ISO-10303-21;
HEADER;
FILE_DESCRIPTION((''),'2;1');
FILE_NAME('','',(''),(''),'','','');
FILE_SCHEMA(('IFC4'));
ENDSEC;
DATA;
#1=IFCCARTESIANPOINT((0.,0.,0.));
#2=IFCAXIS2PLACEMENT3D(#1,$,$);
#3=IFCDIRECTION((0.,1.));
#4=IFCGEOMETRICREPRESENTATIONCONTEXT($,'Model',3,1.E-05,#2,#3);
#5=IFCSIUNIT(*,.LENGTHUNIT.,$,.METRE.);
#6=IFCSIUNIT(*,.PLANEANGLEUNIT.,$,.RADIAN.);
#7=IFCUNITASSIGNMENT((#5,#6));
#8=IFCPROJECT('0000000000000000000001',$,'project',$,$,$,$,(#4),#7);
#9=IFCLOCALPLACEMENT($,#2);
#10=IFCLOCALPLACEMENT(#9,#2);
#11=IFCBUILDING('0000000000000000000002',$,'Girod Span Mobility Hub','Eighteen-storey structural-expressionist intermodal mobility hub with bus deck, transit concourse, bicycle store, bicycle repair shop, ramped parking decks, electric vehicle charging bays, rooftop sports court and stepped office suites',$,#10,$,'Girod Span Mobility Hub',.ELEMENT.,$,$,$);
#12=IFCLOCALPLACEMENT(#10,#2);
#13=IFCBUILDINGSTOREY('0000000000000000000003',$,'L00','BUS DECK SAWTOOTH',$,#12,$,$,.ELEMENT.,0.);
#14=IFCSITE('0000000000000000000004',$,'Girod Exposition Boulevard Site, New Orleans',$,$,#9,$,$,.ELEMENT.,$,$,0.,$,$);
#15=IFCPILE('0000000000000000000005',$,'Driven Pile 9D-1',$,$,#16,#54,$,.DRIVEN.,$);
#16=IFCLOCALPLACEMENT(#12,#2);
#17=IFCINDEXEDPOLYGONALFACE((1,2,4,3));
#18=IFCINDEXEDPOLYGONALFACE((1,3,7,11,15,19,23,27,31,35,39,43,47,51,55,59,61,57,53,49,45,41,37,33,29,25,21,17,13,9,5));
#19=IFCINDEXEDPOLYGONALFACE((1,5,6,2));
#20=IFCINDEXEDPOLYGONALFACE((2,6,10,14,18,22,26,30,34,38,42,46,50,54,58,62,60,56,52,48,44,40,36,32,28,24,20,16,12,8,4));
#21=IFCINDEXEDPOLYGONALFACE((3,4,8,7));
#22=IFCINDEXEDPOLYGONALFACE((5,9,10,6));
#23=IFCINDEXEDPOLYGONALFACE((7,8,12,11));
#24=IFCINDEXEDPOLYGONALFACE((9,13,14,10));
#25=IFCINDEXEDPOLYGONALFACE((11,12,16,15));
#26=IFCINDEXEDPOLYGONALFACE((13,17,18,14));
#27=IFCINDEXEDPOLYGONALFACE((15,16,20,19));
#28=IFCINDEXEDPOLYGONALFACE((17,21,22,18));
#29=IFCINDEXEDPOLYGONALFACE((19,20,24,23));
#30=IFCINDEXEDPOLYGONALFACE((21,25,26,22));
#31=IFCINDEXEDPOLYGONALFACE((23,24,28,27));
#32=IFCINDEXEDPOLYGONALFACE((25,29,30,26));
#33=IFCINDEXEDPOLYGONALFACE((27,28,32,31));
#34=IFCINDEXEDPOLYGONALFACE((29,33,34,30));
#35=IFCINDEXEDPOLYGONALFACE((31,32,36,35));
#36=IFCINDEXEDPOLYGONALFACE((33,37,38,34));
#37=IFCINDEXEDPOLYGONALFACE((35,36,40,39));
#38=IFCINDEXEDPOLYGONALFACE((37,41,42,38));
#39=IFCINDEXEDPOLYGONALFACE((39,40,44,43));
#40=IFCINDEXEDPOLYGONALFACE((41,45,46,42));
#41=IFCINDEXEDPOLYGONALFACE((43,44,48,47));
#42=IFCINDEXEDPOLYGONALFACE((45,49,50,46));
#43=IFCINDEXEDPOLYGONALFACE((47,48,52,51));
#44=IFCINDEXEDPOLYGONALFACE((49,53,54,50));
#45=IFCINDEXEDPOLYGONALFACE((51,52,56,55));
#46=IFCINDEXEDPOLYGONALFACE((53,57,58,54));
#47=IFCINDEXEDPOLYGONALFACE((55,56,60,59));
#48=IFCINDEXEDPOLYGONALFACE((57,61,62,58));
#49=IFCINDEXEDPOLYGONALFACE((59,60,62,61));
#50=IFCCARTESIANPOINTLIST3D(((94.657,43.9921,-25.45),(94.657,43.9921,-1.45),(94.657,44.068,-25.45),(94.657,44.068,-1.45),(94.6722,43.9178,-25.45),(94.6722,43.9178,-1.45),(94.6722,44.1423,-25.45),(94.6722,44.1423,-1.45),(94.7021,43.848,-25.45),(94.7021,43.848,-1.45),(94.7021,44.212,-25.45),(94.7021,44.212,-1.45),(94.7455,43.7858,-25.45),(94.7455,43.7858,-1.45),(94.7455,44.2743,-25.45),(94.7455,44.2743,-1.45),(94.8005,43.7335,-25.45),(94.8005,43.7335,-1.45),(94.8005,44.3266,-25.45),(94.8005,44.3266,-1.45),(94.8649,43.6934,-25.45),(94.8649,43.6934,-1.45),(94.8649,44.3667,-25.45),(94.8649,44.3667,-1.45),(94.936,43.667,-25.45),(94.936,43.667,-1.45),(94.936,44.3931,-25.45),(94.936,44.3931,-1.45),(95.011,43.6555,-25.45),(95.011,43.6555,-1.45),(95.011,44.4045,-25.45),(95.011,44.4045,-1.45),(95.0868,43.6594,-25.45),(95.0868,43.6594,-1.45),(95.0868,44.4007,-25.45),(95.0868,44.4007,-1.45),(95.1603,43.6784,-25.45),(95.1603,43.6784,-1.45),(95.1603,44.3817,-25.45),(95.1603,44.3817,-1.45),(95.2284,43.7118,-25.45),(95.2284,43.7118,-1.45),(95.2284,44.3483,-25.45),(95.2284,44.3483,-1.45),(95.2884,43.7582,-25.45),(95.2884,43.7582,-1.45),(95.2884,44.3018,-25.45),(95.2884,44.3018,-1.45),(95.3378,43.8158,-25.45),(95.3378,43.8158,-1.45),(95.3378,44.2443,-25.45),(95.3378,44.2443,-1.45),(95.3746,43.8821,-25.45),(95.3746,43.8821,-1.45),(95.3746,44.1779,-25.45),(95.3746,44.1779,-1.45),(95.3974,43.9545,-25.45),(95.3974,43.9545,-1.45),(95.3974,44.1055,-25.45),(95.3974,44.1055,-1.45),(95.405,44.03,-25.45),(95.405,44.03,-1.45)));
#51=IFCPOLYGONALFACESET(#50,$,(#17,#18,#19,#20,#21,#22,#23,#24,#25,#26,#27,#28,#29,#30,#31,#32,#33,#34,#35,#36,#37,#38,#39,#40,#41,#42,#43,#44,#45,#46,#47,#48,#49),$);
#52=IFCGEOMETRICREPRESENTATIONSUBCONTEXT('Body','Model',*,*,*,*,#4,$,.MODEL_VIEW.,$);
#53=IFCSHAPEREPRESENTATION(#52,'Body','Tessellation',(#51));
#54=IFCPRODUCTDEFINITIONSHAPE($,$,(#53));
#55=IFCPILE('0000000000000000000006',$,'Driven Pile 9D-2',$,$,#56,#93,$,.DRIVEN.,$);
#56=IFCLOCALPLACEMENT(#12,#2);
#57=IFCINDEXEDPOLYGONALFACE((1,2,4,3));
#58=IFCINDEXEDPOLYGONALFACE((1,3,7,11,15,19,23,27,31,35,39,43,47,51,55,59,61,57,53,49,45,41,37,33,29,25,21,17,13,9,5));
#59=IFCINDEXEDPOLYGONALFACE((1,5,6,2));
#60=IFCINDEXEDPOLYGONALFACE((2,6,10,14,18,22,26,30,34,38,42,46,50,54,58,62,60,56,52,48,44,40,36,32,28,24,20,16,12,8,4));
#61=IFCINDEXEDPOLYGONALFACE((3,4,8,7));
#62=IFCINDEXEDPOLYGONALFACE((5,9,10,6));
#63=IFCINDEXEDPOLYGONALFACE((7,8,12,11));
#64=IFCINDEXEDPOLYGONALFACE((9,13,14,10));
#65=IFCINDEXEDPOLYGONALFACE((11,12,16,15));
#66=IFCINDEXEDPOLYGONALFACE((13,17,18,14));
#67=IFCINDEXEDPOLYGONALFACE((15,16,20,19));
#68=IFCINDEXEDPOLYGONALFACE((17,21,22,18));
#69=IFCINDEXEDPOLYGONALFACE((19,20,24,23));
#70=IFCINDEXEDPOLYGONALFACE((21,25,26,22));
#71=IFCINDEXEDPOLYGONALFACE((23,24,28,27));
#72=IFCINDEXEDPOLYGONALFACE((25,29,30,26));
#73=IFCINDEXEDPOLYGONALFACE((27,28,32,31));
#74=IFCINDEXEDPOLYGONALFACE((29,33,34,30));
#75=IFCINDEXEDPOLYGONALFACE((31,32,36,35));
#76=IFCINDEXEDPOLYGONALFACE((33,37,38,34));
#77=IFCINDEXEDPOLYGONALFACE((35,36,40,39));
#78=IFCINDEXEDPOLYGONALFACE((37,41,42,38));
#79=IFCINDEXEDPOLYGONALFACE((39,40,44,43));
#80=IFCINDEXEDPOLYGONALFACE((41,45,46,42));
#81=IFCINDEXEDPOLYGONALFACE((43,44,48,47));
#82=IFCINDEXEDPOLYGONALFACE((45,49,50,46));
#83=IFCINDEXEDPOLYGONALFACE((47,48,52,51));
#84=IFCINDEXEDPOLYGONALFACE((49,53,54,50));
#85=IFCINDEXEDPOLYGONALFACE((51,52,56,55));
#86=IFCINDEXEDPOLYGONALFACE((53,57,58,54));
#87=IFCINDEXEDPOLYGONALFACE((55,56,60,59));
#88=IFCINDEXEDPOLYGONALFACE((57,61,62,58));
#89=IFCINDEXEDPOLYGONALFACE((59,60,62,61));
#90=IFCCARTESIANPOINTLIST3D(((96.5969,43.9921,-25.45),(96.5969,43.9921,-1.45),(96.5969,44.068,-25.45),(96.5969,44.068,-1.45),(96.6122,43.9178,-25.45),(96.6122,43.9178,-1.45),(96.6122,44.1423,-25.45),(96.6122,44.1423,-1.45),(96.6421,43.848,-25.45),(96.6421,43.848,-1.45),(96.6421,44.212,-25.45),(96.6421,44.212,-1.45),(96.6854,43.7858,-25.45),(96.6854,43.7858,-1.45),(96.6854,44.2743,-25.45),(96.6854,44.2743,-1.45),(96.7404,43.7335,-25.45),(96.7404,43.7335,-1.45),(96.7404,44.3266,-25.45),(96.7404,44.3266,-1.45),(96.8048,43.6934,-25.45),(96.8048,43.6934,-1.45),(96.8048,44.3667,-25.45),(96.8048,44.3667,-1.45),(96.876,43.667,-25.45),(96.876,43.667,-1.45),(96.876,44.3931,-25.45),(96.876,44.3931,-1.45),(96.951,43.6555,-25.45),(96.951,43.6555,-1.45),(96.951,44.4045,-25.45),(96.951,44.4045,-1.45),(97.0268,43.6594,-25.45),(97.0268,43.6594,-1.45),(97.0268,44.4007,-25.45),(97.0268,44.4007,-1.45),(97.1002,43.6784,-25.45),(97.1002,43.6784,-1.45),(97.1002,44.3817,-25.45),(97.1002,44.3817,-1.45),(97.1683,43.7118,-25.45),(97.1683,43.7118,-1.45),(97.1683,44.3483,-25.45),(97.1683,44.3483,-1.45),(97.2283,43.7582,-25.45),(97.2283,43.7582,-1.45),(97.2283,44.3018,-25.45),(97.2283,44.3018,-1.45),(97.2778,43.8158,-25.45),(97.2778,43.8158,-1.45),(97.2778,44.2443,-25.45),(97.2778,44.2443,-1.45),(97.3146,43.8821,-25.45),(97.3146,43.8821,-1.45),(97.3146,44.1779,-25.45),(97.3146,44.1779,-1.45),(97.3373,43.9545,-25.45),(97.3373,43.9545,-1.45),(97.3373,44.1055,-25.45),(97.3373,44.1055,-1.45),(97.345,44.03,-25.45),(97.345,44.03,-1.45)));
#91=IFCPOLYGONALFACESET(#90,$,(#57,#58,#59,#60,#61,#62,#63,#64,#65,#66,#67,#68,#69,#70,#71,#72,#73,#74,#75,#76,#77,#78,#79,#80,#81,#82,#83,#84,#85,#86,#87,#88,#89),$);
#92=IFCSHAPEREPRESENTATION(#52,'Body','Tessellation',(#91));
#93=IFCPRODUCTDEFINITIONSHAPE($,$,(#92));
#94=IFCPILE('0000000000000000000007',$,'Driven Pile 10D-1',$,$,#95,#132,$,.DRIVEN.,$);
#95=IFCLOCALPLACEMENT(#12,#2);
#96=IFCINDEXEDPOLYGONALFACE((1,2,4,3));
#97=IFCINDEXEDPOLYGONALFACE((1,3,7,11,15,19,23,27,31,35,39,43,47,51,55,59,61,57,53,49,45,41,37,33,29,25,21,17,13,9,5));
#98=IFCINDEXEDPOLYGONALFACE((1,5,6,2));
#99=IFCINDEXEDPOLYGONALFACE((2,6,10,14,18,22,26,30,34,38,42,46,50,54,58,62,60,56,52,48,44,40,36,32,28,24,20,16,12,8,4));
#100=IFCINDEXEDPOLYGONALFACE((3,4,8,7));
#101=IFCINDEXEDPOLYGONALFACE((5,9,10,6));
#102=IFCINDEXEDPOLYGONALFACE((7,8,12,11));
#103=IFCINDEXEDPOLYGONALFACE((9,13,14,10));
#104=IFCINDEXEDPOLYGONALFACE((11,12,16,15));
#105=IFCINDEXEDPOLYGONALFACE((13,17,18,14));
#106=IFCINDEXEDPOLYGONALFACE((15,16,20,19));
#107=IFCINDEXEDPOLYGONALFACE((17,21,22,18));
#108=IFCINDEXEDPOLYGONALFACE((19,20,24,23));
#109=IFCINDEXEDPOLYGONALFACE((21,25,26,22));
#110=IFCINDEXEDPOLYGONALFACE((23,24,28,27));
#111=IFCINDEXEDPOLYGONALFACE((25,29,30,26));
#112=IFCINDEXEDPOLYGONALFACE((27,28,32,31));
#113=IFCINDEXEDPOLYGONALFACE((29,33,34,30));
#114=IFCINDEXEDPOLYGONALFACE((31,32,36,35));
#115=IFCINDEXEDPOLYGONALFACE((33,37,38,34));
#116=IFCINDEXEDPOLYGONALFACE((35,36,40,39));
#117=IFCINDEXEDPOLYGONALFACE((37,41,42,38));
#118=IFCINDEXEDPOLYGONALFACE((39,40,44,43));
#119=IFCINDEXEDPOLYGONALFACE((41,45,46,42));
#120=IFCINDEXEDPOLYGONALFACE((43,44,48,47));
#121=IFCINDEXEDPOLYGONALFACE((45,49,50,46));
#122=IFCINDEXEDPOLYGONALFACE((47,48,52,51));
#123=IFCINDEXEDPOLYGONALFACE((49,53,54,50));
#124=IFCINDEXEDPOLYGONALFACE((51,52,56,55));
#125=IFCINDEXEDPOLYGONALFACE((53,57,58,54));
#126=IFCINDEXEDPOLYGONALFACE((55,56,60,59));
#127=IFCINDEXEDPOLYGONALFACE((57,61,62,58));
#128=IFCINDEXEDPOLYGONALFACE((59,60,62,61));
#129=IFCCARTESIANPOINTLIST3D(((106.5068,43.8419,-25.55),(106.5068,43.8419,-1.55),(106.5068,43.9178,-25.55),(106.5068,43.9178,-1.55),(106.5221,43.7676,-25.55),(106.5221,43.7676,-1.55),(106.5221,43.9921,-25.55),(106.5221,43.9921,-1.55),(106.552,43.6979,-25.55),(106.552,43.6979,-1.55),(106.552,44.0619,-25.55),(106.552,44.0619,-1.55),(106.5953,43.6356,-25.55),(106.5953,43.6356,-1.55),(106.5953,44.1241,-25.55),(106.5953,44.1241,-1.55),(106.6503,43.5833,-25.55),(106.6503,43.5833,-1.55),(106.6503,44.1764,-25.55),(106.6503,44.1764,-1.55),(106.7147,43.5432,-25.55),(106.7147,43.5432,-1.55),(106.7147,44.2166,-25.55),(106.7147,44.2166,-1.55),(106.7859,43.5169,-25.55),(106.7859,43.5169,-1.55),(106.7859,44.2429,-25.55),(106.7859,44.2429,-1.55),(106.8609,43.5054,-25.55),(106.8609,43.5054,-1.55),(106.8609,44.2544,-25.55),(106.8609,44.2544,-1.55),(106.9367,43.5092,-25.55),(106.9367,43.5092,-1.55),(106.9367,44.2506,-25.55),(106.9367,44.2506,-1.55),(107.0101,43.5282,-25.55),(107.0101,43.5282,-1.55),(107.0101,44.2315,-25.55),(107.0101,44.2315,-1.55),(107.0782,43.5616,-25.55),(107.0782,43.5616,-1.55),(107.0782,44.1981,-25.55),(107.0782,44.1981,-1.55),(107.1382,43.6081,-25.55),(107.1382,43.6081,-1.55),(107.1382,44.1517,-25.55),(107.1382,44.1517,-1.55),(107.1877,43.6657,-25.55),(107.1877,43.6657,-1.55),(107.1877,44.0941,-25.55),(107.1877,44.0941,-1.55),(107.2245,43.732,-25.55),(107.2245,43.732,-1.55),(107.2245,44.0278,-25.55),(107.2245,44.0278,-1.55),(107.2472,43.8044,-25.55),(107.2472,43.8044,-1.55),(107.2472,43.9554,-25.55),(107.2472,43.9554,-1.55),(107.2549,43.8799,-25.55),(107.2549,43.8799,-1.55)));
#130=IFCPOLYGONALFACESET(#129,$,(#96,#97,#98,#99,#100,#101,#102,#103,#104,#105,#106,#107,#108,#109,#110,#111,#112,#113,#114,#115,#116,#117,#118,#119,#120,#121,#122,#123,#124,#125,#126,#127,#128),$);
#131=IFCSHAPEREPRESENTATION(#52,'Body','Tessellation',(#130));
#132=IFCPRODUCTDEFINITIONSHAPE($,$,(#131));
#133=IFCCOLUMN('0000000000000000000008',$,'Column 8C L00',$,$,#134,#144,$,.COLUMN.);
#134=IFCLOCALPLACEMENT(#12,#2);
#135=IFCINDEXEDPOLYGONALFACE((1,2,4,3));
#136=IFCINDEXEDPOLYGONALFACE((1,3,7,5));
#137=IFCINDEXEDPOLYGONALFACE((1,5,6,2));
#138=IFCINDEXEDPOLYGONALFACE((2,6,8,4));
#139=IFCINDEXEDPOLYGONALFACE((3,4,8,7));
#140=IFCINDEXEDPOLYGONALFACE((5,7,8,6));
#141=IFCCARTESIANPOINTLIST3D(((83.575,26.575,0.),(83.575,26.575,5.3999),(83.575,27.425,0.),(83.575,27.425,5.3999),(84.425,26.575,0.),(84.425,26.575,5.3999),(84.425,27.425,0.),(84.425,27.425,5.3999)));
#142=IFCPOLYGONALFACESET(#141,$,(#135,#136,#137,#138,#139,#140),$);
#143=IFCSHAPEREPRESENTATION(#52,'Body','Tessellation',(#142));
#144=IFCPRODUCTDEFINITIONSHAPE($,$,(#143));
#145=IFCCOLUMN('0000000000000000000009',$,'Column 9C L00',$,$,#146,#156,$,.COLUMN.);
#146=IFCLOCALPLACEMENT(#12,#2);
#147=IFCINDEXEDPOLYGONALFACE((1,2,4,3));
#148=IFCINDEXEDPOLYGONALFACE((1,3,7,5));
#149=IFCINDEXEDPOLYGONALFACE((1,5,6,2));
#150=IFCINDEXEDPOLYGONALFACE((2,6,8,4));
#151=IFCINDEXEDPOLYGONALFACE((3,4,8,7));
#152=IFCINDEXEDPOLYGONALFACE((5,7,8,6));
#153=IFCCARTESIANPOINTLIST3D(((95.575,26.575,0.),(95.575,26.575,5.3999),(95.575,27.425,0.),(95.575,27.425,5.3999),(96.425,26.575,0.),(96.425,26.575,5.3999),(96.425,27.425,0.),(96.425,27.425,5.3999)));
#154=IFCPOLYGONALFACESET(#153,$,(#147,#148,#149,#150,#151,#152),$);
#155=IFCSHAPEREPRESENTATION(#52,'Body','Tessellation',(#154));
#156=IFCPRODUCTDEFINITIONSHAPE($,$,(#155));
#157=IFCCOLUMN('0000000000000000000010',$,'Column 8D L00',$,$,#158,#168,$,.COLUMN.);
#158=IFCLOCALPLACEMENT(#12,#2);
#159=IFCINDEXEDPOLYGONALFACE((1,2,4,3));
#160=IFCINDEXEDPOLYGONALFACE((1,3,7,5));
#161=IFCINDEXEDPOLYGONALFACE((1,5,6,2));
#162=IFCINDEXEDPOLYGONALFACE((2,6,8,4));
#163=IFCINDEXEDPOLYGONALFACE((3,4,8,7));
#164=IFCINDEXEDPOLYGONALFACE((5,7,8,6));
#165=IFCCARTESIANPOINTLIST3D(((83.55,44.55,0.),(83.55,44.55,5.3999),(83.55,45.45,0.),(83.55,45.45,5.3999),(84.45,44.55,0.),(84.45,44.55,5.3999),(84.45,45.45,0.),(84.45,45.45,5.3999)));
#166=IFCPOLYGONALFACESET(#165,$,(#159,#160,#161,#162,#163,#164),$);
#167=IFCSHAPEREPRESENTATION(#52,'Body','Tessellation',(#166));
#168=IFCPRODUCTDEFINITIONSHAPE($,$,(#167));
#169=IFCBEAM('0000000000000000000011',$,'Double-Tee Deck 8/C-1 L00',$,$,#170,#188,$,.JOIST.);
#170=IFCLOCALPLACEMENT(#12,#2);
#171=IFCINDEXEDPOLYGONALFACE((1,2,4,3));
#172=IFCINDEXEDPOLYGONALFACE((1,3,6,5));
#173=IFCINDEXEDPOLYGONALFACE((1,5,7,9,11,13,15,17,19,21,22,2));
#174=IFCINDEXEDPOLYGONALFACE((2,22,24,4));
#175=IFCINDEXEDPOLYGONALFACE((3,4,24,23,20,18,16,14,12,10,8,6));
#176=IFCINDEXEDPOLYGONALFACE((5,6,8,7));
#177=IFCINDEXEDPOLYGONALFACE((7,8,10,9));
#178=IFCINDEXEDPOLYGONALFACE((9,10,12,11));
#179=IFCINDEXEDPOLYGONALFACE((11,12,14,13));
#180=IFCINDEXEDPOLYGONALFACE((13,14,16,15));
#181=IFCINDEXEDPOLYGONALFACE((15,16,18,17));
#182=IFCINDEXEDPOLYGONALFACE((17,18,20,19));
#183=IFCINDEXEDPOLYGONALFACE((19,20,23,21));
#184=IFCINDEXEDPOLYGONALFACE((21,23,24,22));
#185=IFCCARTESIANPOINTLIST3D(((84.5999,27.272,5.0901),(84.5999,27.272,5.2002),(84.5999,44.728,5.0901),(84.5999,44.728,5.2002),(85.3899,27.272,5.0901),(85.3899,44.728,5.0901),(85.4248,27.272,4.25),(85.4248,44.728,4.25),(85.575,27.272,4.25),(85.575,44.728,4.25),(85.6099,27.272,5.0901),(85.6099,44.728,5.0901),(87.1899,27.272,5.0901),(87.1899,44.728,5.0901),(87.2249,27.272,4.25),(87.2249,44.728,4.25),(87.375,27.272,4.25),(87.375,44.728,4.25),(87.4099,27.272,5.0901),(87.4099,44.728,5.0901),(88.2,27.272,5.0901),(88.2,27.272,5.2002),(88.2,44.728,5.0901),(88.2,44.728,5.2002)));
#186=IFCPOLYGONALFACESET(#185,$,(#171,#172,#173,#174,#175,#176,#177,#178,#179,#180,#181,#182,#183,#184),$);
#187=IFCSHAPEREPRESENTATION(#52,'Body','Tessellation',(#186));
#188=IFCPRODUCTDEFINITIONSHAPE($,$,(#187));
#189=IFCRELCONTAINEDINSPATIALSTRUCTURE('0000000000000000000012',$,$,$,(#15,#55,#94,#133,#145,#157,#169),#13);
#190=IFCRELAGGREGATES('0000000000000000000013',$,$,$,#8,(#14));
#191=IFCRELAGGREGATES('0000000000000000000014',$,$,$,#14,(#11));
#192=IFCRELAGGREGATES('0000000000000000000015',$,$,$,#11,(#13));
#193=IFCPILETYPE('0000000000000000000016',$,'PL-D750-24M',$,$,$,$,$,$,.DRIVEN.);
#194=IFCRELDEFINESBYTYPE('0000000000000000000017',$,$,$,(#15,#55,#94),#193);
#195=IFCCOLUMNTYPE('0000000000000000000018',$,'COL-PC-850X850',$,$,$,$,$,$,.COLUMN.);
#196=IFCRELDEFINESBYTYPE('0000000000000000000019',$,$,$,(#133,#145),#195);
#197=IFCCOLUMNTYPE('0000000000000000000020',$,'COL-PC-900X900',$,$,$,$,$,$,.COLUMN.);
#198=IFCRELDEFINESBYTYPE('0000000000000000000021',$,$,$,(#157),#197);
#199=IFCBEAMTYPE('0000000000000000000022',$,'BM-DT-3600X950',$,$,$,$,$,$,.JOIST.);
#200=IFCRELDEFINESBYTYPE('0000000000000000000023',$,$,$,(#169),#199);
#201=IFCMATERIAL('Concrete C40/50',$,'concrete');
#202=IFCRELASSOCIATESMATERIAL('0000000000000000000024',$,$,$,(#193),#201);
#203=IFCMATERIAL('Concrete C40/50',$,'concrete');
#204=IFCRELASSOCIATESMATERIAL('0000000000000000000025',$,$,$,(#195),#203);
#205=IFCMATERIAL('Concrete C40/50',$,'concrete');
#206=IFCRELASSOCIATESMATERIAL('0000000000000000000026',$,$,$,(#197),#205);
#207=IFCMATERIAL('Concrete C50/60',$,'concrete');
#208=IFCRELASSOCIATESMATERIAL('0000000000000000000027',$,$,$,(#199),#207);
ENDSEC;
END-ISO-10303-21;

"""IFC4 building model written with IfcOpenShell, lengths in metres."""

from ifc_helpers import new_model, si_unit, direction, frame, origin, origin_2d, place, context, subcontext, project, spatial, polyline, rectangle, circle, outline, extrude, material, material_profile, profile_set, type_object, element, save


model = new_model("IFC4")

# Units and contexts
model_context = context("Model", 3, precision=1e-05, world=origin(), true_north=direction((0.0, 1.0)))
body_context = subcontext(model_context, "Body", "Model", "MODEL_VIEW")
ifc_project = project(units=[si_unit("LENGTHUNIT", "METRE"), si_unit("PLANEANGLEUNIT", "RADIAN")], contexts=[model_context])

# Site, building, storey
site_placement = place(None, origin())
site = spatial("IfcSite", under=ifc_project, at=site_placement, Name="Girod Exposition Boulevard Site, New Orleans", CompositionType="ELEMENT", RefElevation=0.0)
building_placement = place(site_placement, origin())
building = spatial("IfcBuilding", under=site, at=building_placement, Name="Girod Span Mobility Hub", Description="Eighteen-storey structural-expressionist intermodal mobility hub with bus deck, transit concourse, bicycle store, bicycle repair shop, ramped parking decks, electric vehicle charging bays, rooftop sports court and stepped office suites", LongName="Girod Span Mobility Hub", CompositionType="ELEMENT")
storey_placement = place(building_placement, origin())
storey = spatial("IfcBuildingStorey", under=building, at=storey_placement, Name="L00", Description="BUS DECK SAWTOOTH", CompositionType="ELEMENT", Elevation=0.0)

# Piles
ifc_material_1 = material(Name="Concrete C40/50", Category="concrete")
ifc_material_profile_1 = material_profile(ifc_material_1, circle(Radius=0.375, at=origin_2d()), Name="PILE-D750")
ifc_profile_set_1 = profile_set([ifc_material_profile_1], Name="Concrete C40/50")
pile_type_1 = type_object("IfcPileType", Name="PL-D750-24M", PredefinedType="DRIVEN", material=ifc_profile_set_1)
for number, where, z_axis, x_axis, name in (
    (1, (95.03, 44.03, -1.45), (0.0, 0.0, -1.0), (1.0, 0.0, 0.0), "Driven Pile 9D-1"),
    (2, (96.97, 44.03, -1.45), (0.0, 0.0, -1.0), (1.0, 0.0, 0.0), "Driven Pile 9D-2"),
    (3, (106.8799, 43.8799, -1.55), (0.0, 0.0, -1.0), (1.0, 0.0, 0.0), "Driven Pile 10D-1"),
):
    element("IfcPile", number, at=place(storey_placement, frame(where, z_axis=z_axis, x_axis=x_axis)), inside=storey, type_object=pile_type_1, Name=name, PredefinedType="DRIVEN", context=body_context, shape_type="SweptSolid", body=[
        extrude(circle(Radius=0.375, at=origin_2d()), origin(), (0.0, 0.0, 1.0), 24.0),
    ])

# Columns
ifc_material_2 = material(Name="Concrete C40/50", Category="concrete")
ifc_material_profile_2 = material_profile(ifc_material_2, rectangle(XDim=0.8501, YDim=0.8501, at=origin_2d()), Name="PC-COL-850X850")
ifc_profile_set_2 = profile_set([ifc_material_profile_2], Name="Concrete C40/50")
column_type_1 = type_object("IfcColumnType", Name="COL-PC-850X850", PredefinedType="COLUMN", material=ifc_profile_set_2)
for number, where, z_axis, x_axis, name in (
    (4, (84.0, 27.0, 0.0), (0.0, 0.0, 1.0), (1.0, 0.0, 0.0), "Column 8C L00"),
    (5, (96.0, 27.0, 0.0), (0.0, 0.0, 1.0), (1.0, 0.0, 0.0), "Column 9C L00"),
):
    element("IfcColumn", number, at=place(storey_placement, frame(where, z_axis=z_axis, x_axis=x_axis)), inside=storey, type_object=column_type_1, Name=name, PredefinedType="COLUMN", context=body_context, shape_type="SweptSolid", body=[
        extrude(rectangle(XDim=0.8501, YDim=0.8501, at=origin_2d()), origin(), (0.0, 0.0, 1.0), 5.3999),
    ])
ifc_material_3 = material(Name="Concrete C40/50", Category="concrete")
ifc_material_profile_3 = material_profile(ifc_material_3, rectangle(XDim=0.8999, YDim=0.8999, at=origin_2d()), Name="PC-COL-900X900")
ifc_profile_set_3 = profile_set([ifc_material_profile_3], Name="Concrete C40/50")
column_type_2 = type_object("IfcColumnType", Name="COL-PC-900X900", PredefinedType="COLUMN", material=ifc_profile_set_3)
column_placement = place(storey_placement, frame((84.0, 45.0, 0.0), z_axis=(0.0, 0.0, 1.0), x_axis=(1.0, 0.0, 0.0)))
element("IfcColumn", 6, at=column_placement, inside=storey, type_object=column_type_2, Name="Column 8D L00", PredefinedType="COLUMN", context=body_context, shape_type="SweptSolid", body=[
    extrude(rectangle(XDim=0.8999, YDim=0.8999, at=origin_2d()), origin(), (0.0, 0.0, 1.0), 5.3999),
])

# Beam
ifc_material_4 = material(Name="Concrete C50/60", Category="concrete")
ifc_material_profile_4 = material_profile(ifc_material_4, outline(polyline([(-1.8, 0.4751), (-1.8, 0.365), (-1.01, 0.365), (-0.9751, -0.4751), (-0.825, -0.4751), (-0.79, 0.365), (0.79, 0.365), (0.825, -0.4751), (0.9751, -0.4751), (1.01, 0.365), (1.8, 0.365), (1.8, 0.4751), (-1.8, 0.4751)])), Name="DT-3600X950")
ifc_profile_set_4 = profile_set([ifc_material_profile_4], Name="Concrete C50/60")
beam_type_1 = type_object("IfcBeamType", Name="BM-DT-3600X950", PredefinedType="JOIST", material=ifc_profile_set_4)
for number, where, z_axis, x_axis, name in (
    (7, (86.3999, 27.272, 4.7251), (0.0, 1.0, 0.0), (-1.0, 0.0, 0.0), "Double-Tee Deck 8/C-1 L00"),
):
    element("IfcBeam", number, at=place(storey_placement, frame(where, z_axis=z_axis, x_axis=x_axis)), inside=storey, type_object=beam_type_1, Name=name, PredefinedType="JOIST", context=body_context, shape_type="SweptSolid", body=[
        extrude(outline(polyline([(-1.8, 0.4751), (-1.8, 0.365), (-1.01, 0.365), (-0.9751, -0.4751), (-0.825, -0.4751), (-0.79, 0.365), (0.79, 0.365), (0.825, -0.4751), (0.9751, -0.4751), (1.01, 0.365), (1.8, 0.365), (1.8, 0.4751), (-1.8, 0.4751)])), origin(), (0.0, 0.0, 1.0), 17.4561),
    ])

save(model, "model.ifc")
